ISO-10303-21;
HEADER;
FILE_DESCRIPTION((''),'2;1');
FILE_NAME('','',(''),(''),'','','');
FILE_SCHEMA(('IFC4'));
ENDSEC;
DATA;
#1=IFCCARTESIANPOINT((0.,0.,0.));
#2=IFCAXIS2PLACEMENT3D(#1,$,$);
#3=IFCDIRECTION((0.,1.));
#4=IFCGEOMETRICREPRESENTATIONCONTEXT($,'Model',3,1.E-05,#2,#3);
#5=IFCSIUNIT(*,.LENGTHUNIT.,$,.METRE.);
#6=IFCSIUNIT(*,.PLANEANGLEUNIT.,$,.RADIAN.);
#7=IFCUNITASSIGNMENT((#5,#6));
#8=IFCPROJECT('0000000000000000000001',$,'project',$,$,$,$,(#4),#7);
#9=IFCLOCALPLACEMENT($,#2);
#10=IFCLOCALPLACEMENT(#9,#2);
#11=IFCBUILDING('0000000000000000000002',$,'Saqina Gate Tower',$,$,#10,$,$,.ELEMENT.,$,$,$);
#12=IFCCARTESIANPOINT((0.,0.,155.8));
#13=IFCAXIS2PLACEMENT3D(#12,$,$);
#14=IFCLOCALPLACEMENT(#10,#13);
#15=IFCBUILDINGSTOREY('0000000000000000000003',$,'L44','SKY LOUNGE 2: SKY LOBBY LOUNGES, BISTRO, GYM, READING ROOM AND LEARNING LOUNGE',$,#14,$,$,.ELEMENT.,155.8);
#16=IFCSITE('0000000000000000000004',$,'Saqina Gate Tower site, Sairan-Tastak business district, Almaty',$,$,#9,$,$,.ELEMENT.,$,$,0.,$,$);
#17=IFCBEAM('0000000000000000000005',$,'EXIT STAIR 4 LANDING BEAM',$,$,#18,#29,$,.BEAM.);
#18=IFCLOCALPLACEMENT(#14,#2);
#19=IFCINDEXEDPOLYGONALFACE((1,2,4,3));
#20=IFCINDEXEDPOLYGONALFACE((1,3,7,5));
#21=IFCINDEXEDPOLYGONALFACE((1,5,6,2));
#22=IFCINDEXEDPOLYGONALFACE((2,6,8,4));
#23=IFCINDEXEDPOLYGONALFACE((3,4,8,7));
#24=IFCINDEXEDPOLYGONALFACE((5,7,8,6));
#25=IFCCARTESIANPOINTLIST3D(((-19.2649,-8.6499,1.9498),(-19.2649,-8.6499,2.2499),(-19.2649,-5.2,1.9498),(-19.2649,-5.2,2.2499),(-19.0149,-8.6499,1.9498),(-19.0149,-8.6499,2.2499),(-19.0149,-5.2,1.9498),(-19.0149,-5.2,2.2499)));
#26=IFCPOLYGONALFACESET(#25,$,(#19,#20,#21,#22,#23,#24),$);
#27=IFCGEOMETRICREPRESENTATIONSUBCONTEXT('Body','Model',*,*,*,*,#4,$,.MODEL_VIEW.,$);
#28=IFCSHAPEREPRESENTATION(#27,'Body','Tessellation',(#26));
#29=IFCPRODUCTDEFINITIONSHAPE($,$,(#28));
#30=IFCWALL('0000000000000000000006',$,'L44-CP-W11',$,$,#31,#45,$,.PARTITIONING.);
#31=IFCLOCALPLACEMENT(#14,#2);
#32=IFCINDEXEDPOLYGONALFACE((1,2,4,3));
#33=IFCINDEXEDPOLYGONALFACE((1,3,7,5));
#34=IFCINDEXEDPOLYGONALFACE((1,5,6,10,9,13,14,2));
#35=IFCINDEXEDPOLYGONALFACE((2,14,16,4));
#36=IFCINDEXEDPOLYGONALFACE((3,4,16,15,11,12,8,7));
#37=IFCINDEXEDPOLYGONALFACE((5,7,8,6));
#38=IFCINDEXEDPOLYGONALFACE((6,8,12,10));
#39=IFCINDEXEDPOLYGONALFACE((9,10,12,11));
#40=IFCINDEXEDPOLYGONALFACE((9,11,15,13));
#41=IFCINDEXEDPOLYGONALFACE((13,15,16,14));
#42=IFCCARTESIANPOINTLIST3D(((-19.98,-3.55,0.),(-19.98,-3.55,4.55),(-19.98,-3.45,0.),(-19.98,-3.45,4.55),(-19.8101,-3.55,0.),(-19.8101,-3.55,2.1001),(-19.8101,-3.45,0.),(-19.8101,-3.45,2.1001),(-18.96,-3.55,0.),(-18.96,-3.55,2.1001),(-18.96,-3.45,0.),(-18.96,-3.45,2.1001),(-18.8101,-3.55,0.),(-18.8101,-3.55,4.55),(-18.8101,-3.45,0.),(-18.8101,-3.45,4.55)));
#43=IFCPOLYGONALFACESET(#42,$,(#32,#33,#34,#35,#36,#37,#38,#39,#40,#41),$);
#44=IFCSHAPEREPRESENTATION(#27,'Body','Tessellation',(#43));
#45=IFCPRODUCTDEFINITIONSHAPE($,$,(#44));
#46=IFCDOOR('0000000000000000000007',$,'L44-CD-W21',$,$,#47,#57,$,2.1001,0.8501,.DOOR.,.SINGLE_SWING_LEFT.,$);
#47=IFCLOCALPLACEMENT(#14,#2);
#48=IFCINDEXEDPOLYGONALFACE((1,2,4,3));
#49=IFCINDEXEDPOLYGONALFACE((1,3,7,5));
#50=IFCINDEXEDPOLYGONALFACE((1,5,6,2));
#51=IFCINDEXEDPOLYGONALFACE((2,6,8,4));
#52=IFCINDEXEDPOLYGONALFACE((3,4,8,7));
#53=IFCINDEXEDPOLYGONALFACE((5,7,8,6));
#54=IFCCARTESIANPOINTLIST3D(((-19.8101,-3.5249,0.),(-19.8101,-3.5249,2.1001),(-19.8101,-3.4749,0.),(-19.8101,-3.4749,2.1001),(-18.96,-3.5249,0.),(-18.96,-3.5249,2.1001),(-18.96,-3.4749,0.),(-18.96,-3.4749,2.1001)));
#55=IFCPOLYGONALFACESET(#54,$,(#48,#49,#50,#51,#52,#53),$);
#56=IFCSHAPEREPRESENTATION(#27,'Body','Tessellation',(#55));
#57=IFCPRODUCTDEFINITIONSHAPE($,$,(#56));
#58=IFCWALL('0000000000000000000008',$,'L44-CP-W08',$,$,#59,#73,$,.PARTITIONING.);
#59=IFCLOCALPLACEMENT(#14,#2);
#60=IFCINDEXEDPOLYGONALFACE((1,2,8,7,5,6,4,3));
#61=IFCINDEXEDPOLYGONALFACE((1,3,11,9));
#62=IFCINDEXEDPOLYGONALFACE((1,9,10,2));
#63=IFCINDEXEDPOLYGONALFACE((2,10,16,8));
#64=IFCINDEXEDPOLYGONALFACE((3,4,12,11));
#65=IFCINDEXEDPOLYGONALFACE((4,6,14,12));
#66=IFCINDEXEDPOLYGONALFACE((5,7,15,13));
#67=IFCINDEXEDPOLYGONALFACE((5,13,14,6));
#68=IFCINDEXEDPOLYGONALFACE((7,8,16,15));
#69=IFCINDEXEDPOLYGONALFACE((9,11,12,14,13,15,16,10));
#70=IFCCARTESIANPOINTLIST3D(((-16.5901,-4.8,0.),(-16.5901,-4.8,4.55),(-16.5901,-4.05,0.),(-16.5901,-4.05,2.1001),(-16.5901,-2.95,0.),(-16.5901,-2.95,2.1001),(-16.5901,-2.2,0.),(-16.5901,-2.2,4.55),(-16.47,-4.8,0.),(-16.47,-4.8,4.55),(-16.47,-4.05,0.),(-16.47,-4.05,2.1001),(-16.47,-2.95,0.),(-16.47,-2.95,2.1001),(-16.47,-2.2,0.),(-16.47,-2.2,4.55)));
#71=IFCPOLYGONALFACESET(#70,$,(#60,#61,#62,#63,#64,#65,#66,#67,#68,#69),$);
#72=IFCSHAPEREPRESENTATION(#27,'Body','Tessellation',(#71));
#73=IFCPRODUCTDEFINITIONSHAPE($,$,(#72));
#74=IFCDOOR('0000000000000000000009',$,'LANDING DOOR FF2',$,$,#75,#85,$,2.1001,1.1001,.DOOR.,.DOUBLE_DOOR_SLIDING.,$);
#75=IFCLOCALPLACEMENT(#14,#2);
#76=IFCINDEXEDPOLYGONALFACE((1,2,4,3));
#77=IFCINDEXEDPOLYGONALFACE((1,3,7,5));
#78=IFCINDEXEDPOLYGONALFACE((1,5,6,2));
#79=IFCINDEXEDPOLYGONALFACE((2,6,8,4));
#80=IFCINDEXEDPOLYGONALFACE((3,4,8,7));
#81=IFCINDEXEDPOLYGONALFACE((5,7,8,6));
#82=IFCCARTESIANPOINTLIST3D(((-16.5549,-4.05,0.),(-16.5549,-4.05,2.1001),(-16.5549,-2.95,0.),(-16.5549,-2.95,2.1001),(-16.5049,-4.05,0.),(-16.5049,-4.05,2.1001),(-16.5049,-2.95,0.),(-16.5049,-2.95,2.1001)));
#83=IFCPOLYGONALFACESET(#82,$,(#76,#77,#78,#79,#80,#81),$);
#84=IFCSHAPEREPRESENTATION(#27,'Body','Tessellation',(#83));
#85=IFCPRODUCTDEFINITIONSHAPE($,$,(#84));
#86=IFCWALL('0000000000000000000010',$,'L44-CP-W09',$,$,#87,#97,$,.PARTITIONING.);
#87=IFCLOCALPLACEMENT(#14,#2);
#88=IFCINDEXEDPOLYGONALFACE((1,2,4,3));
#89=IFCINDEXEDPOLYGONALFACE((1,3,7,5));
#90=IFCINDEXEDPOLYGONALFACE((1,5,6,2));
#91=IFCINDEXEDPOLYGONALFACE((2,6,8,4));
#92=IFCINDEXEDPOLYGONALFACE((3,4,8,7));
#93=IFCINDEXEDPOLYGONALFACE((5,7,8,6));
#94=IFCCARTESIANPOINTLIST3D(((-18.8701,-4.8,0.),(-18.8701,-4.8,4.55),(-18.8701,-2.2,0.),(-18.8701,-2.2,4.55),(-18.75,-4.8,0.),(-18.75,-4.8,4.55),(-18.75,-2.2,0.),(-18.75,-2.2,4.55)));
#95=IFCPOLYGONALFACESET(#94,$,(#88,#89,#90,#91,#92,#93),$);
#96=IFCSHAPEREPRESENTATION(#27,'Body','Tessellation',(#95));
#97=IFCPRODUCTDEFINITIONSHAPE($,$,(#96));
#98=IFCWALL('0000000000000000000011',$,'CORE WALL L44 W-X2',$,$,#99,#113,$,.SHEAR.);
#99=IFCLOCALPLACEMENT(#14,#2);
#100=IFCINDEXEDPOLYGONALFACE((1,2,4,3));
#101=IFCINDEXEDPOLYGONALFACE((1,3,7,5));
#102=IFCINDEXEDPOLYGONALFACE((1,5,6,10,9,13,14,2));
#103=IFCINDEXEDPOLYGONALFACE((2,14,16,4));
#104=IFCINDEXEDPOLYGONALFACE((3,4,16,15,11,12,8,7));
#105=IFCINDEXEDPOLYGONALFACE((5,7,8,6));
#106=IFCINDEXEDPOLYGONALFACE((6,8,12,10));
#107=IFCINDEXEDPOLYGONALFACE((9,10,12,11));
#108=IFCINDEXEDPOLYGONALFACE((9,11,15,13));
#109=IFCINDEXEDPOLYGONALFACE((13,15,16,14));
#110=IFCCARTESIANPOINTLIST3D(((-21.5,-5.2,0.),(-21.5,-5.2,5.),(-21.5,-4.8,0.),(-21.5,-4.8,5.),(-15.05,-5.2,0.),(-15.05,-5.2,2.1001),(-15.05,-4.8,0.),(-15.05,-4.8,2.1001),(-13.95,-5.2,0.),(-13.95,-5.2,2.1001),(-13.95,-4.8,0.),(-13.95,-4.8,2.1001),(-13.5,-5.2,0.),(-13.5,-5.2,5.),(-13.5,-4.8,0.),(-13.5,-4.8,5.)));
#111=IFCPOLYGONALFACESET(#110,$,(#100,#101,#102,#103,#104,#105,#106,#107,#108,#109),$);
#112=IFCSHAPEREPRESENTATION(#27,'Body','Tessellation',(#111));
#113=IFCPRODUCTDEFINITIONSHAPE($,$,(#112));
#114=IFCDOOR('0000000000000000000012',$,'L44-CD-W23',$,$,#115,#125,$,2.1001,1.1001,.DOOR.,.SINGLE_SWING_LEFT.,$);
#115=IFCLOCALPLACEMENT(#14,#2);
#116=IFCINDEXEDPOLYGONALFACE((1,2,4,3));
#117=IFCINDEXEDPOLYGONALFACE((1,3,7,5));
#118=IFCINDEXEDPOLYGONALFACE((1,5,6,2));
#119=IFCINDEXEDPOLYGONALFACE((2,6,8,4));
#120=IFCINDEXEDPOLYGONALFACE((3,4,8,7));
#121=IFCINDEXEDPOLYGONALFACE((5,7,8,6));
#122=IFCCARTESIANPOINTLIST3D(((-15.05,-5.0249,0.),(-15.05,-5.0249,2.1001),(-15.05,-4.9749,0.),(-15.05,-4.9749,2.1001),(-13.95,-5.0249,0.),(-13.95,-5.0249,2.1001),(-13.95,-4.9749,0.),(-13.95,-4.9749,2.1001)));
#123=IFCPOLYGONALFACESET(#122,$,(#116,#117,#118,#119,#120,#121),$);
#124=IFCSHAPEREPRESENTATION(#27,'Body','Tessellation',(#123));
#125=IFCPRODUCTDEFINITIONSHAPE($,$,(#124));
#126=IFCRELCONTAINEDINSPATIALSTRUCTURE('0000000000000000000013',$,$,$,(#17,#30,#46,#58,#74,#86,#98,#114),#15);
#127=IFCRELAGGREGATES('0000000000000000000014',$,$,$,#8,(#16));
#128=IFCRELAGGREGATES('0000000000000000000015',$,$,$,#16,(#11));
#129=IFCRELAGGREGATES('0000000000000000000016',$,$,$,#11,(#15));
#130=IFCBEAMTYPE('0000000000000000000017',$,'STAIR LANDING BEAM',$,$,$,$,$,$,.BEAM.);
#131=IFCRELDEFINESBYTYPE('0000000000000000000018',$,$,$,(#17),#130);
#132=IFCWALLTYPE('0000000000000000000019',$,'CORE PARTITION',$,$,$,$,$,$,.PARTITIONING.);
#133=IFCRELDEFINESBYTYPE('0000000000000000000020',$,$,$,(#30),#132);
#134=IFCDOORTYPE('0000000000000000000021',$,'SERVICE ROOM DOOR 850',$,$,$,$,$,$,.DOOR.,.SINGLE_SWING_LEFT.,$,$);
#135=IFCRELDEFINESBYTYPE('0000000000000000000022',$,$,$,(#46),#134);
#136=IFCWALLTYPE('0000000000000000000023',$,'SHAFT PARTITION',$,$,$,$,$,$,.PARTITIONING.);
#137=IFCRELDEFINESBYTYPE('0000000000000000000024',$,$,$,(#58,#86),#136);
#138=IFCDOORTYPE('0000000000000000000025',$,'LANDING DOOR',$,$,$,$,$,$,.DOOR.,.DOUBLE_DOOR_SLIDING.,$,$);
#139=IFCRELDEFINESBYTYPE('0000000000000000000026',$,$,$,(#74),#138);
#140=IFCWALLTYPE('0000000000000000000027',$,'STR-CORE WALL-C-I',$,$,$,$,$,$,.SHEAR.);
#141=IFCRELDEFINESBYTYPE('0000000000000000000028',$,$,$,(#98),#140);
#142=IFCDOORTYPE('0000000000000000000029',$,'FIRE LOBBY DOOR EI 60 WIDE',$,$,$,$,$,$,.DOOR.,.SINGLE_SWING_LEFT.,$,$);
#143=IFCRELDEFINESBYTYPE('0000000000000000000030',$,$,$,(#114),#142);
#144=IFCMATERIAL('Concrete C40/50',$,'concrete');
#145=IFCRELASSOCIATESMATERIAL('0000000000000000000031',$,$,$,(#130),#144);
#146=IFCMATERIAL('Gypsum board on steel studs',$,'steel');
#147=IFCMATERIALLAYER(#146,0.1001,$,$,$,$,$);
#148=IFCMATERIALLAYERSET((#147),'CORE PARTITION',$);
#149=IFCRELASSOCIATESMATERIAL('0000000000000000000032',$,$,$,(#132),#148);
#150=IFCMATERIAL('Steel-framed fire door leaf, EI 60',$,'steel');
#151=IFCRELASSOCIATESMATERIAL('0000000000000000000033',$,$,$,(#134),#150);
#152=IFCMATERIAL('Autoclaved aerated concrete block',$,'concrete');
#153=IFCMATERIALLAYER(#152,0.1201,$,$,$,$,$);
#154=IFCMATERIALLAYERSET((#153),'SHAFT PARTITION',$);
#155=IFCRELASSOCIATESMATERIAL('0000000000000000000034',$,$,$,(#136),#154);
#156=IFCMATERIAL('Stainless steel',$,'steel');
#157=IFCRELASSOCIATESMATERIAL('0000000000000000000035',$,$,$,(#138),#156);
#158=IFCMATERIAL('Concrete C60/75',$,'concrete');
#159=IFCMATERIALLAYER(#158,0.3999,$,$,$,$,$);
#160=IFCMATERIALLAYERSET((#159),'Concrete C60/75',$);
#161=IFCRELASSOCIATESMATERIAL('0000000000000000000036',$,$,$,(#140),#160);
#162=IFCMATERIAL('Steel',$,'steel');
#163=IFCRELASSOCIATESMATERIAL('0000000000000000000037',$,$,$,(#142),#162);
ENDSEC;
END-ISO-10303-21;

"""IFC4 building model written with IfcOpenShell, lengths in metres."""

from ifc_helpers import new_model, si_unit, direction, frame, frame_2d, origin, origin_2d, place, context, subcontext, project, spatial, rectangle, extrude, material, layer, layer_set, material_profile, profile_set, type_object, element, fill, save


model = new_model("IFC4")

# Units and contexts
model_context = context("Model", 3, precision=1e-05, world=origin(), true_north=direction((0.0, 1.0)))
body_context = subcontext(model_context, "Body", "Model", "MODEL_VIEW")
ifc_project = project(units=[si_unit("LENGTHUNIT", "METRE"), si_unit("PLANEANGLEUNIT", "RADIAN")], contexts=[model_context])

# Site, building, storey
site_placement = place(None, origin())
site = spatial("IfcSite", under=ifc_project, at=site_placement, Name="Saqina Gate Tower site, Sairan-Tastak business district, Almaty", CompositionType="ELEMENT", RefElevation=0.0)
building_placement = place(site_placement, origin())
building = spatial("IfcBuilding", under=site, at=building_placement, Name="Saqina Gate Tower", CompositionType="ELEMENT")
storey_placement = place(building_placement, frame((0.0, 0.0, 155.8)))
storey = spatial("IfcBuildingStorey", under=building, at=storey_placement, Name="L44", Description="SKY LOUNGE 2: SKY LOBBY LOUNGES, BISTRO, GYM, READING ROOM AND LEARNING LOUNGE", CompositionType="ELEMENT", Elevation=155.8)

# Beam
ifc_material_1 = material(Name="Concrete C40/50", Category="concrete")
ifc_material_profile = material_profile(ifc_material_1, rectangle(XDim=0.25, YDim=0.3, at=origin_2d()), Name="STAIR LANDING BEAM")
ifc_profile_set = profile_set([ifc_material_profile], Name="Concrete C40/50")
beam_type = type_object("IfcBeamType", Name="STAIR LANDING BEAM", PredefinedType="BEAM", material=ifc_profile_set)
beam_placement = place(storey_placement, frame((-19.1399, -8.6499, 2.0999), z_axis=(0.0, 1.0, 0.0), x_axis=(-1.0, 0.0, 0.0)))
element("IfcBeam", 1, at=beam_placement, inside=storey, type_object=beam_type, Name="EXIT STAIR 4 LANDING BEAM", PredefinedType="BEAM", context=body_context, shape_type="SweptSolid", body=[
    extrude(rectangle(XDim=0.25, YDim=0.3, at=origin_2d()), origin(), (0.0, 0.0, 1.0), 3.45),
])

# Walls, openings, doors
ifc_material_2 = material(Name="Gypsum board on steel studs", Category="steel")
ifc_layer_1 = layer(ifc_material_2, 0.1001)
ifc_layer_set_1 = layer_set([ifc_layer_1], Name="CORE PARTITION")
wall_type_1 = type_object("IfcWallType", Name="CORE PARTITION", PredefinedType="PARTITIONING", material=ifc_layer_set_1)
wall_1_placement = place(storey_placement, frame((-18.8101, -3.5, 0.0), z_axis=(0.0, 0.0, 1.0), x_axis=(-1.0, 0.0, 0.0)))
wall_1 = element("IfcWall", 2, at=wall_1_placement, inside=storey, type_object=wall_type_1, Name="L44-CP-W11", PredefinedType="PARTITIONING", context=body_context, shape_type="SweptSolid", body=[
    extrude(rectangle(XDim=1.1699, YDim=0.1001, at=frame_2d((0.585, 0.0))), origin(), (0.0, 0.0, 1.0), 4.55),
])
opening_1_placement = place(wall_1_placement, frame((0.1499, 0.0, 0.0)))
opening_1 = element("IfcOpeningElement", 3, at=opening_1_placement, cuts=wall_1, PredefinedType="OPENING", context=body_context, shape_type="SweptSolid", body=[
    extrude(rectangle(XDim=0.8501, YDim=2.1001, at=frame_2d((0.425, 1.05))), frame((0.0, 0.062, 0.0), z_axis=(0.0, -1.0, 0.0), x_axis=(1.0, 0.0, 0.0)), (0.0, 0.0, 1.0), 0.124),
])
ifc_material_3 = material(Name="Steel-framed fire door leaf, EI 60", Category="steel")
door_type_1 = type_object("IfcDoorType", Name="SERVICE ROOM DOOR 850", OperationType="SINGLE_SWING_LEFT", PredefinedType="DOOR", material=ifc_material_3)
door_1_placement = place(opening_1_placement, origin())
door_1 = element("IfcDoor", 4, at=door_1_placement, inside=storey, type_object=door_type_1, Name="L44-CD-W21", OperationType="SINGLE_SWING_LEFT", OverallHeight=2.1001, OverallWidth=0.8501, PredefinedType="DOOR", context=body_context, shape_type="SweptSolid", body=[
    extrude(rectangle(XDim=0.8501, YDim=2.1001, at=frame_2d((0.425, 1.05))), frame((0.0, 0.0249, 0.0), z_axis=(0.0, -1.0, 0.0), x_axis=(1.0, 0.0, 0.0)), (0.0, 0.0, 1.0), 0.05),
])
fill(opening_1, door_1)
ifc_material_4 = material(Name="Autoclaved aerated concrete block", Category="concrete")
ifc_layer_2 = layer(ifc_material_4, 0.1201)
ifc_layer_set_2 = layer_set([ifc_layer_2], Name="SHAFT PARTITION")
wall_type_2 = type_object("IfcWallType", Name="SHAFT PARTITION", PredefinedType="PARTITIONING", material=ifc_layer_set_2)
wall_2_placement = place(storey_placement, frame((-16.53, -4.8, 0.0), z_axis=(0.0, 0.0, 1.0), x_axis=(0.0, 1.0, 0.0)))
wall_2 = element("IfcWall", 5, at=wall_2_placement, inside=storey, type_object=wall_type_2, Name="L44-CP-W08", PredefinedType="PARTITIONING", context=body_context, shape_type="SweptSolid", body=[
    extrude(rectangle(XDim=2.6001, YDim=0.1201, at=frame_2d((1.3, 0.0))), origin(), (0.0, 0.0, 1.0), 4.55),
])
opening_2_placement = place(wall_2_placement, frame((0.75, 0.0, 0.0)))
opening_2 = element("IfcOpeningElement", 6, at=opening_2_placement, cuts=wall_2, PredefinedType="OPENING", context=body_context, shape_type="SweptSolid", body=[
    extrude(rectangle(XDim=1.1001, YDim=2.1001, at=frame_2d((0.55, 1.05))), frame((0.0, 0.072, 0.0), z_axis=(0.0, -1.0, 0.0), x_axis=(1.0, 0.0, 0.0)), (0.0, 0.0, 1.0), 0.144),
])
ifc_material_5 = material(Name="Stainless steel", Category="steel")
door_type_2 = type_object("IfcDoorType", Name="LANDING DOOR", OperationType="DOUBLE_DOOR_SLIDING", PredefinedType="DOOR", material=ifc_material_5)
door_2_placement = place(opening_2_placement, origin())
door_2 = element("IfcDoor", 7, at=door_2_placement, inside=storey, type_object=door_type_2, Name="LANDING DOOR FF2", OperationType="DOUBLE_DOOR_SLIDING", OverallHeight=2.1001, OverallWidth=1.1001, PredefinedType="DOOR", context=body_context, shape_type="SweptSolid", body=[
    extrude(rectangle(XDim=1.1001, YDim=2.1001, at=frame_2d((0.55, 1.05))), frame((0.0, 0.0249, 0.0), z_axis=(0.0, -1.0, 0.0), x_axis=(1.0, 0.0, 0.0)), (0.0, 0.0, 1.0), 0.05),
])
fill(opening_2, door_2)

# Wall
wall_3_placement = place(storey_placement, frame((-18.8101, -4.8, 0.0), z_axis=(0.0, 0.0, 1.0), x_axis=(0.0, 1.0, 0.0)))
element("IfcWall", 8, at=wall_3_placement, inside=storey, type_object=wall_type_2, Name="L44-CP-W09", PredefinedType="PARTITIONING", context=body_context, shape_type="SweptSolid", body=[
    extrude(rectangle(XDim=2.6001, YDim=0.1201, at=frame_2d((1.3, 0.0))), origin(), (0.0, 0.0, 1.0), 4.55),
])

# Wall, opening, door
ifc_material_6 = material(Name="Concrete C60/75", Category="concrete")
ifc_layer_3 = layer(ifc_material_6, 0.3999)
ifc_layer_set_3 = layer_set([ifc_layer_3], Name="Concrete C60/75")
wall_type_3 = type_object("IfcWallType", Name="STR-CORE WALL-C-I", PredefinedType="SHEAR", material=ifc_layer_set_3)
wall_4_placement = place(storey_placement, frame((-13.5, -5.0, 0.0), z_axis=(0.0, 0.0, 1.0), x_axis=(-1.0, 0.0, 0.0)))
wall_4 = element("IfcWall", 9, at=wall_4_placement, inside=storey, type_object=wall_type_3, Name="CORE WALL L44 W-X2", PredefinedType="SHEAR", context=body_context, shape_type="SweptSolid", body=[
    extrude(rectangle(XDim=8.0, YDim=0.3999, at=frame_2d((4.0, 0.0))), origin(), (0.0, 0.0, 1.0), 5.0),
])
opening_3_placement = place(wall_4_placement, frame((0.45, 0.0, 0.0)))
opening_3 = element("IfcOpeningElement", 10, at=opening_3_placement, cuts=wall_4, PredefinedType="OPENING", context=body_context, shape_type="SweptSolid", body=[
    extrude(rectangle(XDim=1.1001, YDim=2.1001, at=frame_2d((0.55, 1.05))), frame((0.0, 0.2119, 0.0), z_axis=(0.0, -1.0, 0.0), x_axis=(1.0, 0.0, 0.0)), (0.0, 0.0, 1.0), 0.4238),
])
ifc_material_7 = material(Name="Steel", Category="steel")
door_type_3 = type_object("IfcDoorType", Name="FIRE LOBBY DOOR EI 60 WIDE", OperationType="SINGLE_SWING_LEFT", PredefinedType="DOOR", material=ifc_material_7)
door_3_placement = place(opening_3_placement, origin())
door_3 = element("IfcDoor", 11, at=door_3_placement, inside=storey, type_object=door_type_3, Name="L44-CD-W23", OperationType="SINGLE_SWING_LEFT", OverallHeight=2.1001, OverallWidth=1.1001, PredefinedType="DOOR", context=body_context, shape_type="SweptSolid", body=[
    extrude(rectangle(XDim=1.1001, YDim=2.1001, at=frame_2d((0.55, 1.05))), frame((0.0, 0.0249, 0.0), z_axis=(0.0, -1.0, 0.0), x_axis=(1.0, 0.0, 0.0)), (0.0, 0.0, 1.0), 0.05),
])
fill(opening_3, door_3)

save(model, "model.ifc")
